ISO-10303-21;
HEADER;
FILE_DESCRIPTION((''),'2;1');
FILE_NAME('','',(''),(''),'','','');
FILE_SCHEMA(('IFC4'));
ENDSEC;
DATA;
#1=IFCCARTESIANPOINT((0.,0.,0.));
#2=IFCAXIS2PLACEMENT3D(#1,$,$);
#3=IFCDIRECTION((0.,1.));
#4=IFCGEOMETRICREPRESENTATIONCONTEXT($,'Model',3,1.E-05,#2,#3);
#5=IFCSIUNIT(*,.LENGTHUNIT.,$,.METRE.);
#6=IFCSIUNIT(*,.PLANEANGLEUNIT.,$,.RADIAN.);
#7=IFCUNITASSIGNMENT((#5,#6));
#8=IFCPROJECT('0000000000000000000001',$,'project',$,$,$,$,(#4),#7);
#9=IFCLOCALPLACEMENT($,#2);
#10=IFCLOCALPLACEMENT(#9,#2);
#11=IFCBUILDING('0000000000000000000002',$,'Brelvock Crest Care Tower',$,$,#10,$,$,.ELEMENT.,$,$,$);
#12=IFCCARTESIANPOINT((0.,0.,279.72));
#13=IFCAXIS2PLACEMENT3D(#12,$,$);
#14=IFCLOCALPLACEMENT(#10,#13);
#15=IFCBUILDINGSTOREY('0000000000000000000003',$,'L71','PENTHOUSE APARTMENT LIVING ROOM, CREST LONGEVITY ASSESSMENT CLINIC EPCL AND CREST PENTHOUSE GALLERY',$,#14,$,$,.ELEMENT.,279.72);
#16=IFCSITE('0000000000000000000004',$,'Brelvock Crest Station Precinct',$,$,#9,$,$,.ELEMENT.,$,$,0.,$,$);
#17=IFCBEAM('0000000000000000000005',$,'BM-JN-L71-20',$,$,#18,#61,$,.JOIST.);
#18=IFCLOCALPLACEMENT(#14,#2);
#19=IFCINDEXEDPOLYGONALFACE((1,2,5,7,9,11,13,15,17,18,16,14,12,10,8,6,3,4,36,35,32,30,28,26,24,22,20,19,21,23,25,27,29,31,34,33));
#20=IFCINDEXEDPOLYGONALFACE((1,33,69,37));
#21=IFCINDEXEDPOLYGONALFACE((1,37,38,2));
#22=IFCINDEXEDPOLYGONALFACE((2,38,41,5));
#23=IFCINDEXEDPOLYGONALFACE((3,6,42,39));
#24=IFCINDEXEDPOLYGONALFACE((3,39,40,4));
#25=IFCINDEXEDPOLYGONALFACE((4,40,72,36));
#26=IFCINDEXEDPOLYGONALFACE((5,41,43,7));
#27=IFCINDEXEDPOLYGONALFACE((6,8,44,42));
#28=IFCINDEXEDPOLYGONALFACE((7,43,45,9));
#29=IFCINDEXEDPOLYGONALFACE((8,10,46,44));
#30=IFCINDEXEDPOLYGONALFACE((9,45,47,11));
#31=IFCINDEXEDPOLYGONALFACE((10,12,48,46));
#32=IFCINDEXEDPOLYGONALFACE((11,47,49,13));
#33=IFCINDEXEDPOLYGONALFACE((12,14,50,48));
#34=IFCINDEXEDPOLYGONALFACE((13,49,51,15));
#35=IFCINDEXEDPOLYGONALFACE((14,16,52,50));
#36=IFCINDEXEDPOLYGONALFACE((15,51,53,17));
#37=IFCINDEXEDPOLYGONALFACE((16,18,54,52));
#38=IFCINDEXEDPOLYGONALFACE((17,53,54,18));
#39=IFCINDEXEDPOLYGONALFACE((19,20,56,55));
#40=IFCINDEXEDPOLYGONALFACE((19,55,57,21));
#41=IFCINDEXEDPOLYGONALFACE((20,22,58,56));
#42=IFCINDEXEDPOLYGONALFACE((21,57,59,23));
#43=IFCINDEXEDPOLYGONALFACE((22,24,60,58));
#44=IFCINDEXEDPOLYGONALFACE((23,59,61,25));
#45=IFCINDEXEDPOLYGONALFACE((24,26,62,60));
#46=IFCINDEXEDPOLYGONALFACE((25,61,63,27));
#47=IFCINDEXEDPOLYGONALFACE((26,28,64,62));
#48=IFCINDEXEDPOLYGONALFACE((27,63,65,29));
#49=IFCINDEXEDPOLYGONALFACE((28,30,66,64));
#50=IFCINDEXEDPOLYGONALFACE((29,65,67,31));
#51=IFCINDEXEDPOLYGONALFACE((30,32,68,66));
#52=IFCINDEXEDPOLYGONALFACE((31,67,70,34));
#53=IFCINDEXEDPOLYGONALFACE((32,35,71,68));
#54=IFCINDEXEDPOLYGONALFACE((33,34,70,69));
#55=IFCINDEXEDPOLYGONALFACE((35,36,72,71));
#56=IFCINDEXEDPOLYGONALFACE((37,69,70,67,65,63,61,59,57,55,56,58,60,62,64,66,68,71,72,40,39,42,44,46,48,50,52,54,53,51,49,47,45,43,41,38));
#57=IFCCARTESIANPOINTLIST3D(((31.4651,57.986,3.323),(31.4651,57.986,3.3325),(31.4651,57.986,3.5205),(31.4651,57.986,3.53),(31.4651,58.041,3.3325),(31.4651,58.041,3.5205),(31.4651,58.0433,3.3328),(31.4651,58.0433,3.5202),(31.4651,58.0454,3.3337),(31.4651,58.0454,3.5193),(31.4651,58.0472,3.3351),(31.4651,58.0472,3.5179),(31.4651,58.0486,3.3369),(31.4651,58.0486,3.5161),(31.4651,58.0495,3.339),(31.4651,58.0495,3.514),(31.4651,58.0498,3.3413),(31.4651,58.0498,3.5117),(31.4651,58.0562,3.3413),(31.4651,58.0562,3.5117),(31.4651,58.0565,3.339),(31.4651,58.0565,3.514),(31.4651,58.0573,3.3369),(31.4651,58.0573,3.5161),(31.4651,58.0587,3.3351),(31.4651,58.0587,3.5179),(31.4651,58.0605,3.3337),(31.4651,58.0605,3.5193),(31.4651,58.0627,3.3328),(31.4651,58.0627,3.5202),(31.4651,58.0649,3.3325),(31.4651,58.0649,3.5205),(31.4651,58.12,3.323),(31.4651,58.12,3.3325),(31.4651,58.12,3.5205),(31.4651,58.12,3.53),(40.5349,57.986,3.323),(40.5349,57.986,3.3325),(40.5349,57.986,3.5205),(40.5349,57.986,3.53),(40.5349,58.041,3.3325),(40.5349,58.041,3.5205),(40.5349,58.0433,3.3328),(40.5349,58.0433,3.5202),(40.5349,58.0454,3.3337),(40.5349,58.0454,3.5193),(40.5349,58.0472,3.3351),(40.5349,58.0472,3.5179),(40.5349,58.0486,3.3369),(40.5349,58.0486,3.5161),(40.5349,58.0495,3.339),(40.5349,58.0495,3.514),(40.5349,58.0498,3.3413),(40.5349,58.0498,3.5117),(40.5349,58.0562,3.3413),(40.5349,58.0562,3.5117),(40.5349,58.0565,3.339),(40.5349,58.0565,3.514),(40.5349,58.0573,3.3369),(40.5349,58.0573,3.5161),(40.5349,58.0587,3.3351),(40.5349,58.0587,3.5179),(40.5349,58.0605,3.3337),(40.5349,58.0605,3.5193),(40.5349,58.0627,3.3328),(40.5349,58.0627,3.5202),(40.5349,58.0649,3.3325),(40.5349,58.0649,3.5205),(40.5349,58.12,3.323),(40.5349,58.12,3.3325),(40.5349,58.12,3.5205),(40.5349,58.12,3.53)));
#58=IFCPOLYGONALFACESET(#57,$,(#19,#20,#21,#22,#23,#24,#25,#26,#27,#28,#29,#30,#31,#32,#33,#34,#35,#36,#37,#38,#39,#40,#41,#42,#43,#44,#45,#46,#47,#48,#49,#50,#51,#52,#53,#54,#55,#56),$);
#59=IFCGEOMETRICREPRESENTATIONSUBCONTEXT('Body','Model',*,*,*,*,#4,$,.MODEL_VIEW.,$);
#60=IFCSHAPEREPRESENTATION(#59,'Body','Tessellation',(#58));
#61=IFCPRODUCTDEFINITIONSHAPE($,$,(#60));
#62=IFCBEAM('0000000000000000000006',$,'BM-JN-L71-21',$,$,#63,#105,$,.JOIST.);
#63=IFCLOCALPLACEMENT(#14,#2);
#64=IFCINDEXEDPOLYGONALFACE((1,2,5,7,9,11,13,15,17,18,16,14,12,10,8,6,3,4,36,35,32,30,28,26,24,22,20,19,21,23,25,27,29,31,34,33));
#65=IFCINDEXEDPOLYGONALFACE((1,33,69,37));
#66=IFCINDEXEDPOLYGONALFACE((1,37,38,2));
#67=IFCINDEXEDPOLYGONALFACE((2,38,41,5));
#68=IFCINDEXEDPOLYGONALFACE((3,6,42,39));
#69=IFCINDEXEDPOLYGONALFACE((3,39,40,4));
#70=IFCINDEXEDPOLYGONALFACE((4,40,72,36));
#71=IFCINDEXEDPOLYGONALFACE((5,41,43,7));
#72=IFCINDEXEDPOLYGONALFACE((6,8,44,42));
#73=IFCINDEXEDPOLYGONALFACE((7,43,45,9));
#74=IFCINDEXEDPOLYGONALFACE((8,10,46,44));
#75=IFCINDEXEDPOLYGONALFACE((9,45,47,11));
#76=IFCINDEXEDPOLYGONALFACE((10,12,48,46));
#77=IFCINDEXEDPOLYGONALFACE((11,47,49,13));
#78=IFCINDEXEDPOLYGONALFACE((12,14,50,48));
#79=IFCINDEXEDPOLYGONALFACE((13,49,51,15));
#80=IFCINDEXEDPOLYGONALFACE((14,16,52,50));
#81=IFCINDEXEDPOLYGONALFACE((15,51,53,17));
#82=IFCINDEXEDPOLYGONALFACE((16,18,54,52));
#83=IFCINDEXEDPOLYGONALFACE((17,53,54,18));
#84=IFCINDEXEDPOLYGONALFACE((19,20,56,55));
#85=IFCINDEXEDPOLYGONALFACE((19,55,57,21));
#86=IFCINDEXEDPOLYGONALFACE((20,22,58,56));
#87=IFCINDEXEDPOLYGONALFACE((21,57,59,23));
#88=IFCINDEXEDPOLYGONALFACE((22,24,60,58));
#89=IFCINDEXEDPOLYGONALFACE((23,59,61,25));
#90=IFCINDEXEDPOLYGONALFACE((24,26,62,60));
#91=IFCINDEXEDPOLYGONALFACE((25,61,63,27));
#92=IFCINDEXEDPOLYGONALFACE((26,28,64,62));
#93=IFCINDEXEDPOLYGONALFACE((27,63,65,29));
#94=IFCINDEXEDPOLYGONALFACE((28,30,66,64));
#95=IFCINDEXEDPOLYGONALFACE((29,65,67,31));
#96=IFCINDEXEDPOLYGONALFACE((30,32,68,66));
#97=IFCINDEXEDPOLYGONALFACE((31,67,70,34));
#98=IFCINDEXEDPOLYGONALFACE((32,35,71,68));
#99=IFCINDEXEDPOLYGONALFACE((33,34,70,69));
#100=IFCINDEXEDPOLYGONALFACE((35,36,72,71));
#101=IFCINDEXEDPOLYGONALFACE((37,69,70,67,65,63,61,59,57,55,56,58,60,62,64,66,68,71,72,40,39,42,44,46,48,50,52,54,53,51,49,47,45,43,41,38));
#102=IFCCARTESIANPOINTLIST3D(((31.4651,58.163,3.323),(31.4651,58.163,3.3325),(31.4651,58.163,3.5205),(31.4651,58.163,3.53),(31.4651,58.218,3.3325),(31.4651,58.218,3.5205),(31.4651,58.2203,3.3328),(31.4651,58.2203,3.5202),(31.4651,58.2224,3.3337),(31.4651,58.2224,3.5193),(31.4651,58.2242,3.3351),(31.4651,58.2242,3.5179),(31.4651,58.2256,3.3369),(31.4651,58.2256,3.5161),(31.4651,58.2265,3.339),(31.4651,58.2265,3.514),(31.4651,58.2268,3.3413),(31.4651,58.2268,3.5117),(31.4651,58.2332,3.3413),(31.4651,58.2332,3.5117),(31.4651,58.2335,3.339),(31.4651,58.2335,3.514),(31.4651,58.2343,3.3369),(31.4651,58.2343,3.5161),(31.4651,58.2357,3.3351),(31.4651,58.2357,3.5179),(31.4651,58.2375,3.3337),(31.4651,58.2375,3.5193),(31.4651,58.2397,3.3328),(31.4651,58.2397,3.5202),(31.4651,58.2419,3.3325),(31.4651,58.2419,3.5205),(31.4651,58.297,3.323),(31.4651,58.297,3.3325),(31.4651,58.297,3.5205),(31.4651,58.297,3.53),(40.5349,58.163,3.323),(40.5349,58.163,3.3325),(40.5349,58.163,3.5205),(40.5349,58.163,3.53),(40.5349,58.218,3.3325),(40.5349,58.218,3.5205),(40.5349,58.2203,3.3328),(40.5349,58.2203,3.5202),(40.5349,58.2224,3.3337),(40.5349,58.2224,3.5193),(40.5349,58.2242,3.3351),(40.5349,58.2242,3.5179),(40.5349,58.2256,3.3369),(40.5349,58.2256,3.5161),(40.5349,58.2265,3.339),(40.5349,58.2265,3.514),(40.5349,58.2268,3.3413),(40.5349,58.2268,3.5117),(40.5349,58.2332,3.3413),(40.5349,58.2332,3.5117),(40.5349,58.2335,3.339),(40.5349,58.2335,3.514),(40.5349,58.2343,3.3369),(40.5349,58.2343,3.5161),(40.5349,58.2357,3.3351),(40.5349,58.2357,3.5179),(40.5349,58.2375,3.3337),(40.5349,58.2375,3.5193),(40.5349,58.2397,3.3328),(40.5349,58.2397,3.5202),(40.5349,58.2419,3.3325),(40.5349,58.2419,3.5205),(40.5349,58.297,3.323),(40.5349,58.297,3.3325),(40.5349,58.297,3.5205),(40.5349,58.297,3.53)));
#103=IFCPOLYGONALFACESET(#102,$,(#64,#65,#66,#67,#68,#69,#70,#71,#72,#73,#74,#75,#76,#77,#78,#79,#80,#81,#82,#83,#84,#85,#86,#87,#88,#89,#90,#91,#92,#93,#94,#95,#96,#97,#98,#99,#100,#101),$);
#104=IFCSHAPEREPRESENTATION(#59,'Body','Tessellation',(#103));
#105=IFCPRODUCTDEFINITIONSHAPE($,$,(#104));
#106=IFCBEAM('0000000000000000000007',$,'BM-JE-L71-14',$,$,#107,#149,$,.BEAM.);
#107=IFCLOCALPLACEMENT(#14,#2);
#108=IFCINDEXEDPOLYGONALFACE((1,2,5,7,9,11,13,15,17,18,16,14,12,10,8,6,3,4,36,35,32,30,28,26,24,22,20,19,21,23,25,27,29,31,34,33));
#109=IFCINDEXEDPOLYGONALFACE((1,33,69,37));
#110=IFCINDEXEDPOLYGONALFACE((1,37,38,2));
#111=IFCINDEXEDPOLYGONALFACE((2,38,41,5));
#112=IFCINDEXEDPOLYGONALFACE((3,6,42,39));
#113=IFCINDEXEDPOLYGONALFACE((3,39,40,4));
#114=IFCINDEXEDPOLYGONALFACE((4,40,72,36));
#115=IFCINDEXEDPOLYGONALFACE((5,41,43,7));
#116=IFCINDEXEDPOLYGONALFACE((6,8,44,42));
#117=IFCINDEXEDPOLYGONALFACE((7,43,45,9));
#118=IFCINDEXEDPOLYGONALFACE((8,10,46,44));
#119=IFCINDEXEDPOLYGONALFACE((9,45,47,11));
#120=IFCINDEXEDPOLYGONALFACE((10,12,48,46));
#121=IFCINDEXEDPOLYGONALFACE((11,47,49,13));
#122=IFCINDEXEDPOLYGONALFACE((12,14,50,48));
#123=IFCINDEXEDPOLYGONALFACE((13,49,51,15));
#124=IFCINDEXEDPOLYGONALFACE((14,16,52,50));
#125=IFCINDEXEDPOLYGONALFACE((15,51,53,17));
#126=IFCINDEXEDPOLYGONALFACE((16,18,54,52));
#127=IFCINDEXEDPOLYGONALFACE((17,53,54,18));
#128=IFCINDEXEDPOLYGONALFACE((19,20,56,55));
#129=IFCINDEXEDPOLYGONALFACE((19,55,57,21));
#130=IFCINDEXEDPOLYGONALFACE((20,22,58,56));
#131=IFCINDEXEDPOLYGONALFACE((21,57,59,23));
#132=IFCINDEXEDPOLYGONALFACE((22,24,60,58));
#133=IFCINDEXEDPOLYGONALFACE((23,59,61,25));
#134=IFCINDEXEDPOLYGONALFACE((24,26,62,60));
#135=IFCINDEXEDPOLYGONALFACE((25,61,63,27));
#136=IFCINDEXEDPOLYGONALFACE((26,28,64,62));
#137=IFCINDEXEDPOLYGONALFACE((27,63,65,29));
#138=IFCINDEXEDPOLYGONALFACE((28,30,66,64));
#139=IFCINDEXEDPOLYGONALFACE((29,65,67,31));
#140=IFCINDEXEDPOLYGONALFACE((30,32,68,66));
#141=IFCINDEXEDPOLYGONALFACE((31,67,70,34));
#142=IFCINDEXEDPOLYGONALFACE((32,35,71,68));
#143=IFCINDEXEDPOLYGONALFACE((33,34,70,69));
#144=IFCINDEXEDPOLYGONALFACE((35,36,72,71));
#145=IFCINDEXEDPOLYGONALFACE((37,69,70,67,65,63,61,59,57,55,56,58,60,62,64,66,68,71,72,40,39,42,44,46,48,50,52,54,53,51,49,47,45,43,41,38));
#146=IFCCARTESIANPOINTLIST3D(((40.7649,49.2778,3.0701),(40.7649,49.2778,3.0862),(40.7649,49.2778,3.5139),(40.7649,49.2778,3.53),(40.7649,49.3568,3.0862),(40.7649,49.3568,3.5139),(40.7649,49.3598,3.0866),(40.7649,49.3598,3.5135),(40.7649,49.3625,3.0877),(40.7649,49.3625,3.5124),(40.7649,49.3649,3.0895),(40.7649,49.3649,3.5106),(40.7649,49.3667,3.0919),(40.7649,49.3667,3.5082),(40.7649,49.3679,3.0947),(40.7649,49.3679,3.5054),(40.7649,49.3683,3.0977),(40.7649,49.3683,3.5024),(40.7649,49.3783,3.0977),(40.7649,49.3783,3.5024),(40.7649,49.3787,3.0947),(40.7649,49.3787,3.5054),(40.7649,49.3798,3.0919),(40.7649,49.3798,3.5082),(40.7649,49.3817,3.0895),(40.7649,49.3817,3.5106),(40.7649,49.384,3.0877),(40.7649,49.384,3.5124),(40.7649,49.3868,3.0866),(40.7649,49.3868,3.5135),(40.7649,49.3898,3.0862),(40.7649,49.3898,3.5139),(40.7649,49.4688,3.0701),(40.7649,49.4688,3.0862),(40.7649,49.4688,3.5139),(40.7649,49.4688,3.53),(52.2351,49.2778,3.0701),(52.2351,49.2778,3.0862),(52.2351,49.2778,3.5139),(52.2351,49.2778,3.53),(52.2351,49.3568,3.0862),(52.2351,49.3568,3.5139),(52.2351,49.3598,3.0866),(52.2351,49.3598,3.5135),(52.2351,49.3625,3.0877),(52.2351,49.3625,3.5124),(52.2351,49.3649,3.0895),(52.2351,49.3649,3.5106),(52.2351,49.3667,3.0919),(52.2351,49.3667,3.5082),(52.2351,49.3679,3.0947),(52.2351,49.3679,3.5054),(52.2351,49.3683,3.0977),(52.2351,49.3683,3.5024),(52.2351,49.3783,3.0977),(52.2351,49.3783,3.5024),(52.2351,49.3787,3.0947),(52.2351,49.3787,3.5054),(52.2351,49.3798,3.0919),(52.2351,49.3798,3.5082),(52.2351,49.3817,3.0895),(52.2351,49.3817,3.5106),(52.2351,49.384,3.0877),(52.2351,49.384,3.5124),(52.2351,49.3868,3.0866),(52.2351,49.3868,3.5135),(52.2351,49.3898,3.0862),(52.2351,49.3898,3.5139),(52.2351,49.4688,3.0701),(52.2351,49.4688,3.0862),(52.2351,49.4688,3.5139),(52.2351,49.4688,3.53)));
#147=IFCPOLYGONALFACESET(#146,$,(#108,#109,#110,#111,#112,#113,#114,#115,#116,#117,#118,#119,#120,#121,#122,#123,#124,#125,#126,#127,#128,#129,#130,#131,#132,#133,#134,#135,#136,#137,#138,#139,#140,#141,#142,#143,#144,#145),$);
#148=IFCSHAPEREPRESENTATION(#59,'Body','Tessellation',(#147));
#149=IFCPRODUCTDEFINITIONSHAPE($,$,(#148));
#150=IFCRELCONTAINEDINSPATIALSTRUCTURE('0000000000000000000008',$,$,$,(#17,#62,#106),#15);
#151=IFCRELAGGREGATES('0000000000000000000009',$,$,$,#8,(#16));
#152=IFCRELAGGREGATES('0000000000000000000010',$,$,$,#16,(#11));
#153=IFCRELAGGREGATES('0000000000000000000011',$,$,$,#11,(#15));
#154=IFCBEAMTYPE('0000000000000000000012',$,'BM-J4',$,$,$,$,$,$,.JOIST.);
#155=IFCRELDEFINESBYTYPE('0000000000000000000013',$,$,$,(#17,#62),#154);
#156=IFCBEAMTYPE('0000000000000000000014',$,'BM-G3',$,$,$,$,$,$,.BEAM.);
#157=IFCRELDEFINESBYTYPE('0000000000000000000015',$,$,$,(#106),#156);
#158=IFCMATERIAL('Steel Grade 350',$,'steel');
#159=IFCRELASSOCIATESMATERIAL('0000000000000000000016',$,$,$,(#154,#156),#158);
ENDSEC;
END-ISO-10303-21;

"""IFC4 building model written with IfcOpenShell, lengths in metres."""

from ifc_helpers import new_model, si_unit, direction, frame, origin, origin_2d, place, context, subcontext, project, spatial, i_section, extrude, source, transform, mapped, material, material_profile, profile_set, type_object, element, save


model = new_model("IFC4")

# Units and contexts
model_context = context("Model", 3, precision=1e-05, world=origin(), true_north=direction((0.0, 1.0)))
body_context = subcontext(model_context, "Body", "Model", "MODEL_VIEW")
ifc_project = project(units=[si_unit("LENGTHUNIT", "METRE"), si_unit("PLANEANGLEUNIT", "RADIAN")], contexts=[model_context])

# Site, building, storey
site_placement = place(None, origin())
site = spatial("IfcSite", under=ifc_project, at=site_placement, Name="Brelvock Crest Station Precinct", CompositionType="ELEMENT", RefElevation=0.0)
building_placement = place(site_placement, origin())
building = spatial("IfcBuilding", under=site, at=building_placement, Name="Brelvock Crest Care Tower", CompositionType="ELEMENT")
storey_placement = place(building_placement, frame((0.0, 0.0, 279.72)))
storey = spatial("IfcBuildingStorey", under=building, at=storey_placement, Name="L71", Description="PENTHOUSE APARTMENT LIVING ROOM, CREST LONGEVITY ASSESSMENT CLINIC EPCL AND CREST PENTHOUSE GALLERY", CompositionType="ELEMENT", Elevation=279.72)

# Beams
ifc_material_1 = material(Name="Steel Grade 350", Category="steel")
ifc_material_profile_1 = material_profile(ifc_material_1, i_section(OverallWidth=0.134, OverallDepth=0.207, WebThickness=0.0063, FlangeThickness=0.0095, FilletRadius=0.0088, at=origin_2d()), Name="200UB29.8")
ifc_profile_set_1 = profile_set([ifc_material_profile_1], Name="Steel Grade 350")
beam_type_1 = type_object("IfcBeamType", Name="BM-J4", PredefinedType="JOIST", material=ifc_profile_set_1)
shared_shape_1 = source(origin(), body_context, "Body", "SweptSolid", [
    extrude(i_section(OverallWidth=0.134, OverallDepth=0.207, WebThickness=0.0063, FlangeThickness=0.0095, FilletRadius=0.0088, at=origin_2d()), origin(), (0.0, 0.0, 1.0), 9.0698),
])
for number, where, z_axis, x_axis, name in (
    (1, (31.4651, 58.053, 3.4265), (1.0, 0.0, 0.0), (0.0, 1.0, 0.0), "BM-JN-L71-20"),
    (2, (31.4651, 58.23, 3.4265), (1.0, 0.0, 0.0), (0.0, 1.0, 0.0), "BM-JN-L71-21"),
):
    element("IfcBeam", number, at=place(storey_placement, frame(where, z_axis=z_axis, x_axis=x_axis)), inside=storey, type_object=beam_type_1, Name=name, PredefinedType="JOIST", context=body_context, shape_type="MappedRepresentation", body=[
        mapped(shared_shape_1, transform((0.0, 0.0, 0.0), x_axis=(1.0, 0.0, 0.0), y_axis=(0.0, 1.0, 0.0), z_axis=(0.0, 0.0, 1.0), scale=1.0)),
    ])
ifc_material_profile_2 = material_profile(ifc_material_1, i_section(OverallWidth=0.1909, OverallDepth=0.46, WebThickness=0.01, FlangeThickness=0.0161, FilletRadius=0.0115, at=origin_2d()), Name="460UB82.1")
ifc_profile_set_2 = profile_set([ifc_material_profile_2], Name="Steel Grade 350")
beam_type_2 = type_object("IfcBeamType", Name="BM-G3", PredefinedType="BEAM", material=ifc_profile_set_2)
shared_shape_2 = source(origin(), body_context, "Body", "SweptSolid", [
    extrude(i_section(OverallWidth=0.1909, OverallDepth=0.46, WebThickness=0.01, FlangeThickness=0.0161, FilletRadius=0.0115, at=origin_2d()), origin(), (0.0, 0.0, 1.0), 11.4702),
])
beam_1_placement = place(storey_placement, frame((40.7649, 49.3733, 3.3), z_axis=(1.0, 0.0, 0.0), x_axis=(0.0, 1.0, 0.0)))
element("IfcBeam", 3, at=beam_1_placement, inside=storey, type_object=beam_type_2, Name="BM-JE-L71-14", PredefinedType="BEAM", context=body_context, shape_type="MappedRepresentation", body=[
    mapped(shared_shape_2, transform((0.0, 0.0, 0.0), x_axis=(1.0, 0.0, 0.0), y_axis=(0.0, 1.0, 0.0), z_axis=(0.0, 0.0, 1.0), scale=1.0)),
])

save(model, "model.ifc")
